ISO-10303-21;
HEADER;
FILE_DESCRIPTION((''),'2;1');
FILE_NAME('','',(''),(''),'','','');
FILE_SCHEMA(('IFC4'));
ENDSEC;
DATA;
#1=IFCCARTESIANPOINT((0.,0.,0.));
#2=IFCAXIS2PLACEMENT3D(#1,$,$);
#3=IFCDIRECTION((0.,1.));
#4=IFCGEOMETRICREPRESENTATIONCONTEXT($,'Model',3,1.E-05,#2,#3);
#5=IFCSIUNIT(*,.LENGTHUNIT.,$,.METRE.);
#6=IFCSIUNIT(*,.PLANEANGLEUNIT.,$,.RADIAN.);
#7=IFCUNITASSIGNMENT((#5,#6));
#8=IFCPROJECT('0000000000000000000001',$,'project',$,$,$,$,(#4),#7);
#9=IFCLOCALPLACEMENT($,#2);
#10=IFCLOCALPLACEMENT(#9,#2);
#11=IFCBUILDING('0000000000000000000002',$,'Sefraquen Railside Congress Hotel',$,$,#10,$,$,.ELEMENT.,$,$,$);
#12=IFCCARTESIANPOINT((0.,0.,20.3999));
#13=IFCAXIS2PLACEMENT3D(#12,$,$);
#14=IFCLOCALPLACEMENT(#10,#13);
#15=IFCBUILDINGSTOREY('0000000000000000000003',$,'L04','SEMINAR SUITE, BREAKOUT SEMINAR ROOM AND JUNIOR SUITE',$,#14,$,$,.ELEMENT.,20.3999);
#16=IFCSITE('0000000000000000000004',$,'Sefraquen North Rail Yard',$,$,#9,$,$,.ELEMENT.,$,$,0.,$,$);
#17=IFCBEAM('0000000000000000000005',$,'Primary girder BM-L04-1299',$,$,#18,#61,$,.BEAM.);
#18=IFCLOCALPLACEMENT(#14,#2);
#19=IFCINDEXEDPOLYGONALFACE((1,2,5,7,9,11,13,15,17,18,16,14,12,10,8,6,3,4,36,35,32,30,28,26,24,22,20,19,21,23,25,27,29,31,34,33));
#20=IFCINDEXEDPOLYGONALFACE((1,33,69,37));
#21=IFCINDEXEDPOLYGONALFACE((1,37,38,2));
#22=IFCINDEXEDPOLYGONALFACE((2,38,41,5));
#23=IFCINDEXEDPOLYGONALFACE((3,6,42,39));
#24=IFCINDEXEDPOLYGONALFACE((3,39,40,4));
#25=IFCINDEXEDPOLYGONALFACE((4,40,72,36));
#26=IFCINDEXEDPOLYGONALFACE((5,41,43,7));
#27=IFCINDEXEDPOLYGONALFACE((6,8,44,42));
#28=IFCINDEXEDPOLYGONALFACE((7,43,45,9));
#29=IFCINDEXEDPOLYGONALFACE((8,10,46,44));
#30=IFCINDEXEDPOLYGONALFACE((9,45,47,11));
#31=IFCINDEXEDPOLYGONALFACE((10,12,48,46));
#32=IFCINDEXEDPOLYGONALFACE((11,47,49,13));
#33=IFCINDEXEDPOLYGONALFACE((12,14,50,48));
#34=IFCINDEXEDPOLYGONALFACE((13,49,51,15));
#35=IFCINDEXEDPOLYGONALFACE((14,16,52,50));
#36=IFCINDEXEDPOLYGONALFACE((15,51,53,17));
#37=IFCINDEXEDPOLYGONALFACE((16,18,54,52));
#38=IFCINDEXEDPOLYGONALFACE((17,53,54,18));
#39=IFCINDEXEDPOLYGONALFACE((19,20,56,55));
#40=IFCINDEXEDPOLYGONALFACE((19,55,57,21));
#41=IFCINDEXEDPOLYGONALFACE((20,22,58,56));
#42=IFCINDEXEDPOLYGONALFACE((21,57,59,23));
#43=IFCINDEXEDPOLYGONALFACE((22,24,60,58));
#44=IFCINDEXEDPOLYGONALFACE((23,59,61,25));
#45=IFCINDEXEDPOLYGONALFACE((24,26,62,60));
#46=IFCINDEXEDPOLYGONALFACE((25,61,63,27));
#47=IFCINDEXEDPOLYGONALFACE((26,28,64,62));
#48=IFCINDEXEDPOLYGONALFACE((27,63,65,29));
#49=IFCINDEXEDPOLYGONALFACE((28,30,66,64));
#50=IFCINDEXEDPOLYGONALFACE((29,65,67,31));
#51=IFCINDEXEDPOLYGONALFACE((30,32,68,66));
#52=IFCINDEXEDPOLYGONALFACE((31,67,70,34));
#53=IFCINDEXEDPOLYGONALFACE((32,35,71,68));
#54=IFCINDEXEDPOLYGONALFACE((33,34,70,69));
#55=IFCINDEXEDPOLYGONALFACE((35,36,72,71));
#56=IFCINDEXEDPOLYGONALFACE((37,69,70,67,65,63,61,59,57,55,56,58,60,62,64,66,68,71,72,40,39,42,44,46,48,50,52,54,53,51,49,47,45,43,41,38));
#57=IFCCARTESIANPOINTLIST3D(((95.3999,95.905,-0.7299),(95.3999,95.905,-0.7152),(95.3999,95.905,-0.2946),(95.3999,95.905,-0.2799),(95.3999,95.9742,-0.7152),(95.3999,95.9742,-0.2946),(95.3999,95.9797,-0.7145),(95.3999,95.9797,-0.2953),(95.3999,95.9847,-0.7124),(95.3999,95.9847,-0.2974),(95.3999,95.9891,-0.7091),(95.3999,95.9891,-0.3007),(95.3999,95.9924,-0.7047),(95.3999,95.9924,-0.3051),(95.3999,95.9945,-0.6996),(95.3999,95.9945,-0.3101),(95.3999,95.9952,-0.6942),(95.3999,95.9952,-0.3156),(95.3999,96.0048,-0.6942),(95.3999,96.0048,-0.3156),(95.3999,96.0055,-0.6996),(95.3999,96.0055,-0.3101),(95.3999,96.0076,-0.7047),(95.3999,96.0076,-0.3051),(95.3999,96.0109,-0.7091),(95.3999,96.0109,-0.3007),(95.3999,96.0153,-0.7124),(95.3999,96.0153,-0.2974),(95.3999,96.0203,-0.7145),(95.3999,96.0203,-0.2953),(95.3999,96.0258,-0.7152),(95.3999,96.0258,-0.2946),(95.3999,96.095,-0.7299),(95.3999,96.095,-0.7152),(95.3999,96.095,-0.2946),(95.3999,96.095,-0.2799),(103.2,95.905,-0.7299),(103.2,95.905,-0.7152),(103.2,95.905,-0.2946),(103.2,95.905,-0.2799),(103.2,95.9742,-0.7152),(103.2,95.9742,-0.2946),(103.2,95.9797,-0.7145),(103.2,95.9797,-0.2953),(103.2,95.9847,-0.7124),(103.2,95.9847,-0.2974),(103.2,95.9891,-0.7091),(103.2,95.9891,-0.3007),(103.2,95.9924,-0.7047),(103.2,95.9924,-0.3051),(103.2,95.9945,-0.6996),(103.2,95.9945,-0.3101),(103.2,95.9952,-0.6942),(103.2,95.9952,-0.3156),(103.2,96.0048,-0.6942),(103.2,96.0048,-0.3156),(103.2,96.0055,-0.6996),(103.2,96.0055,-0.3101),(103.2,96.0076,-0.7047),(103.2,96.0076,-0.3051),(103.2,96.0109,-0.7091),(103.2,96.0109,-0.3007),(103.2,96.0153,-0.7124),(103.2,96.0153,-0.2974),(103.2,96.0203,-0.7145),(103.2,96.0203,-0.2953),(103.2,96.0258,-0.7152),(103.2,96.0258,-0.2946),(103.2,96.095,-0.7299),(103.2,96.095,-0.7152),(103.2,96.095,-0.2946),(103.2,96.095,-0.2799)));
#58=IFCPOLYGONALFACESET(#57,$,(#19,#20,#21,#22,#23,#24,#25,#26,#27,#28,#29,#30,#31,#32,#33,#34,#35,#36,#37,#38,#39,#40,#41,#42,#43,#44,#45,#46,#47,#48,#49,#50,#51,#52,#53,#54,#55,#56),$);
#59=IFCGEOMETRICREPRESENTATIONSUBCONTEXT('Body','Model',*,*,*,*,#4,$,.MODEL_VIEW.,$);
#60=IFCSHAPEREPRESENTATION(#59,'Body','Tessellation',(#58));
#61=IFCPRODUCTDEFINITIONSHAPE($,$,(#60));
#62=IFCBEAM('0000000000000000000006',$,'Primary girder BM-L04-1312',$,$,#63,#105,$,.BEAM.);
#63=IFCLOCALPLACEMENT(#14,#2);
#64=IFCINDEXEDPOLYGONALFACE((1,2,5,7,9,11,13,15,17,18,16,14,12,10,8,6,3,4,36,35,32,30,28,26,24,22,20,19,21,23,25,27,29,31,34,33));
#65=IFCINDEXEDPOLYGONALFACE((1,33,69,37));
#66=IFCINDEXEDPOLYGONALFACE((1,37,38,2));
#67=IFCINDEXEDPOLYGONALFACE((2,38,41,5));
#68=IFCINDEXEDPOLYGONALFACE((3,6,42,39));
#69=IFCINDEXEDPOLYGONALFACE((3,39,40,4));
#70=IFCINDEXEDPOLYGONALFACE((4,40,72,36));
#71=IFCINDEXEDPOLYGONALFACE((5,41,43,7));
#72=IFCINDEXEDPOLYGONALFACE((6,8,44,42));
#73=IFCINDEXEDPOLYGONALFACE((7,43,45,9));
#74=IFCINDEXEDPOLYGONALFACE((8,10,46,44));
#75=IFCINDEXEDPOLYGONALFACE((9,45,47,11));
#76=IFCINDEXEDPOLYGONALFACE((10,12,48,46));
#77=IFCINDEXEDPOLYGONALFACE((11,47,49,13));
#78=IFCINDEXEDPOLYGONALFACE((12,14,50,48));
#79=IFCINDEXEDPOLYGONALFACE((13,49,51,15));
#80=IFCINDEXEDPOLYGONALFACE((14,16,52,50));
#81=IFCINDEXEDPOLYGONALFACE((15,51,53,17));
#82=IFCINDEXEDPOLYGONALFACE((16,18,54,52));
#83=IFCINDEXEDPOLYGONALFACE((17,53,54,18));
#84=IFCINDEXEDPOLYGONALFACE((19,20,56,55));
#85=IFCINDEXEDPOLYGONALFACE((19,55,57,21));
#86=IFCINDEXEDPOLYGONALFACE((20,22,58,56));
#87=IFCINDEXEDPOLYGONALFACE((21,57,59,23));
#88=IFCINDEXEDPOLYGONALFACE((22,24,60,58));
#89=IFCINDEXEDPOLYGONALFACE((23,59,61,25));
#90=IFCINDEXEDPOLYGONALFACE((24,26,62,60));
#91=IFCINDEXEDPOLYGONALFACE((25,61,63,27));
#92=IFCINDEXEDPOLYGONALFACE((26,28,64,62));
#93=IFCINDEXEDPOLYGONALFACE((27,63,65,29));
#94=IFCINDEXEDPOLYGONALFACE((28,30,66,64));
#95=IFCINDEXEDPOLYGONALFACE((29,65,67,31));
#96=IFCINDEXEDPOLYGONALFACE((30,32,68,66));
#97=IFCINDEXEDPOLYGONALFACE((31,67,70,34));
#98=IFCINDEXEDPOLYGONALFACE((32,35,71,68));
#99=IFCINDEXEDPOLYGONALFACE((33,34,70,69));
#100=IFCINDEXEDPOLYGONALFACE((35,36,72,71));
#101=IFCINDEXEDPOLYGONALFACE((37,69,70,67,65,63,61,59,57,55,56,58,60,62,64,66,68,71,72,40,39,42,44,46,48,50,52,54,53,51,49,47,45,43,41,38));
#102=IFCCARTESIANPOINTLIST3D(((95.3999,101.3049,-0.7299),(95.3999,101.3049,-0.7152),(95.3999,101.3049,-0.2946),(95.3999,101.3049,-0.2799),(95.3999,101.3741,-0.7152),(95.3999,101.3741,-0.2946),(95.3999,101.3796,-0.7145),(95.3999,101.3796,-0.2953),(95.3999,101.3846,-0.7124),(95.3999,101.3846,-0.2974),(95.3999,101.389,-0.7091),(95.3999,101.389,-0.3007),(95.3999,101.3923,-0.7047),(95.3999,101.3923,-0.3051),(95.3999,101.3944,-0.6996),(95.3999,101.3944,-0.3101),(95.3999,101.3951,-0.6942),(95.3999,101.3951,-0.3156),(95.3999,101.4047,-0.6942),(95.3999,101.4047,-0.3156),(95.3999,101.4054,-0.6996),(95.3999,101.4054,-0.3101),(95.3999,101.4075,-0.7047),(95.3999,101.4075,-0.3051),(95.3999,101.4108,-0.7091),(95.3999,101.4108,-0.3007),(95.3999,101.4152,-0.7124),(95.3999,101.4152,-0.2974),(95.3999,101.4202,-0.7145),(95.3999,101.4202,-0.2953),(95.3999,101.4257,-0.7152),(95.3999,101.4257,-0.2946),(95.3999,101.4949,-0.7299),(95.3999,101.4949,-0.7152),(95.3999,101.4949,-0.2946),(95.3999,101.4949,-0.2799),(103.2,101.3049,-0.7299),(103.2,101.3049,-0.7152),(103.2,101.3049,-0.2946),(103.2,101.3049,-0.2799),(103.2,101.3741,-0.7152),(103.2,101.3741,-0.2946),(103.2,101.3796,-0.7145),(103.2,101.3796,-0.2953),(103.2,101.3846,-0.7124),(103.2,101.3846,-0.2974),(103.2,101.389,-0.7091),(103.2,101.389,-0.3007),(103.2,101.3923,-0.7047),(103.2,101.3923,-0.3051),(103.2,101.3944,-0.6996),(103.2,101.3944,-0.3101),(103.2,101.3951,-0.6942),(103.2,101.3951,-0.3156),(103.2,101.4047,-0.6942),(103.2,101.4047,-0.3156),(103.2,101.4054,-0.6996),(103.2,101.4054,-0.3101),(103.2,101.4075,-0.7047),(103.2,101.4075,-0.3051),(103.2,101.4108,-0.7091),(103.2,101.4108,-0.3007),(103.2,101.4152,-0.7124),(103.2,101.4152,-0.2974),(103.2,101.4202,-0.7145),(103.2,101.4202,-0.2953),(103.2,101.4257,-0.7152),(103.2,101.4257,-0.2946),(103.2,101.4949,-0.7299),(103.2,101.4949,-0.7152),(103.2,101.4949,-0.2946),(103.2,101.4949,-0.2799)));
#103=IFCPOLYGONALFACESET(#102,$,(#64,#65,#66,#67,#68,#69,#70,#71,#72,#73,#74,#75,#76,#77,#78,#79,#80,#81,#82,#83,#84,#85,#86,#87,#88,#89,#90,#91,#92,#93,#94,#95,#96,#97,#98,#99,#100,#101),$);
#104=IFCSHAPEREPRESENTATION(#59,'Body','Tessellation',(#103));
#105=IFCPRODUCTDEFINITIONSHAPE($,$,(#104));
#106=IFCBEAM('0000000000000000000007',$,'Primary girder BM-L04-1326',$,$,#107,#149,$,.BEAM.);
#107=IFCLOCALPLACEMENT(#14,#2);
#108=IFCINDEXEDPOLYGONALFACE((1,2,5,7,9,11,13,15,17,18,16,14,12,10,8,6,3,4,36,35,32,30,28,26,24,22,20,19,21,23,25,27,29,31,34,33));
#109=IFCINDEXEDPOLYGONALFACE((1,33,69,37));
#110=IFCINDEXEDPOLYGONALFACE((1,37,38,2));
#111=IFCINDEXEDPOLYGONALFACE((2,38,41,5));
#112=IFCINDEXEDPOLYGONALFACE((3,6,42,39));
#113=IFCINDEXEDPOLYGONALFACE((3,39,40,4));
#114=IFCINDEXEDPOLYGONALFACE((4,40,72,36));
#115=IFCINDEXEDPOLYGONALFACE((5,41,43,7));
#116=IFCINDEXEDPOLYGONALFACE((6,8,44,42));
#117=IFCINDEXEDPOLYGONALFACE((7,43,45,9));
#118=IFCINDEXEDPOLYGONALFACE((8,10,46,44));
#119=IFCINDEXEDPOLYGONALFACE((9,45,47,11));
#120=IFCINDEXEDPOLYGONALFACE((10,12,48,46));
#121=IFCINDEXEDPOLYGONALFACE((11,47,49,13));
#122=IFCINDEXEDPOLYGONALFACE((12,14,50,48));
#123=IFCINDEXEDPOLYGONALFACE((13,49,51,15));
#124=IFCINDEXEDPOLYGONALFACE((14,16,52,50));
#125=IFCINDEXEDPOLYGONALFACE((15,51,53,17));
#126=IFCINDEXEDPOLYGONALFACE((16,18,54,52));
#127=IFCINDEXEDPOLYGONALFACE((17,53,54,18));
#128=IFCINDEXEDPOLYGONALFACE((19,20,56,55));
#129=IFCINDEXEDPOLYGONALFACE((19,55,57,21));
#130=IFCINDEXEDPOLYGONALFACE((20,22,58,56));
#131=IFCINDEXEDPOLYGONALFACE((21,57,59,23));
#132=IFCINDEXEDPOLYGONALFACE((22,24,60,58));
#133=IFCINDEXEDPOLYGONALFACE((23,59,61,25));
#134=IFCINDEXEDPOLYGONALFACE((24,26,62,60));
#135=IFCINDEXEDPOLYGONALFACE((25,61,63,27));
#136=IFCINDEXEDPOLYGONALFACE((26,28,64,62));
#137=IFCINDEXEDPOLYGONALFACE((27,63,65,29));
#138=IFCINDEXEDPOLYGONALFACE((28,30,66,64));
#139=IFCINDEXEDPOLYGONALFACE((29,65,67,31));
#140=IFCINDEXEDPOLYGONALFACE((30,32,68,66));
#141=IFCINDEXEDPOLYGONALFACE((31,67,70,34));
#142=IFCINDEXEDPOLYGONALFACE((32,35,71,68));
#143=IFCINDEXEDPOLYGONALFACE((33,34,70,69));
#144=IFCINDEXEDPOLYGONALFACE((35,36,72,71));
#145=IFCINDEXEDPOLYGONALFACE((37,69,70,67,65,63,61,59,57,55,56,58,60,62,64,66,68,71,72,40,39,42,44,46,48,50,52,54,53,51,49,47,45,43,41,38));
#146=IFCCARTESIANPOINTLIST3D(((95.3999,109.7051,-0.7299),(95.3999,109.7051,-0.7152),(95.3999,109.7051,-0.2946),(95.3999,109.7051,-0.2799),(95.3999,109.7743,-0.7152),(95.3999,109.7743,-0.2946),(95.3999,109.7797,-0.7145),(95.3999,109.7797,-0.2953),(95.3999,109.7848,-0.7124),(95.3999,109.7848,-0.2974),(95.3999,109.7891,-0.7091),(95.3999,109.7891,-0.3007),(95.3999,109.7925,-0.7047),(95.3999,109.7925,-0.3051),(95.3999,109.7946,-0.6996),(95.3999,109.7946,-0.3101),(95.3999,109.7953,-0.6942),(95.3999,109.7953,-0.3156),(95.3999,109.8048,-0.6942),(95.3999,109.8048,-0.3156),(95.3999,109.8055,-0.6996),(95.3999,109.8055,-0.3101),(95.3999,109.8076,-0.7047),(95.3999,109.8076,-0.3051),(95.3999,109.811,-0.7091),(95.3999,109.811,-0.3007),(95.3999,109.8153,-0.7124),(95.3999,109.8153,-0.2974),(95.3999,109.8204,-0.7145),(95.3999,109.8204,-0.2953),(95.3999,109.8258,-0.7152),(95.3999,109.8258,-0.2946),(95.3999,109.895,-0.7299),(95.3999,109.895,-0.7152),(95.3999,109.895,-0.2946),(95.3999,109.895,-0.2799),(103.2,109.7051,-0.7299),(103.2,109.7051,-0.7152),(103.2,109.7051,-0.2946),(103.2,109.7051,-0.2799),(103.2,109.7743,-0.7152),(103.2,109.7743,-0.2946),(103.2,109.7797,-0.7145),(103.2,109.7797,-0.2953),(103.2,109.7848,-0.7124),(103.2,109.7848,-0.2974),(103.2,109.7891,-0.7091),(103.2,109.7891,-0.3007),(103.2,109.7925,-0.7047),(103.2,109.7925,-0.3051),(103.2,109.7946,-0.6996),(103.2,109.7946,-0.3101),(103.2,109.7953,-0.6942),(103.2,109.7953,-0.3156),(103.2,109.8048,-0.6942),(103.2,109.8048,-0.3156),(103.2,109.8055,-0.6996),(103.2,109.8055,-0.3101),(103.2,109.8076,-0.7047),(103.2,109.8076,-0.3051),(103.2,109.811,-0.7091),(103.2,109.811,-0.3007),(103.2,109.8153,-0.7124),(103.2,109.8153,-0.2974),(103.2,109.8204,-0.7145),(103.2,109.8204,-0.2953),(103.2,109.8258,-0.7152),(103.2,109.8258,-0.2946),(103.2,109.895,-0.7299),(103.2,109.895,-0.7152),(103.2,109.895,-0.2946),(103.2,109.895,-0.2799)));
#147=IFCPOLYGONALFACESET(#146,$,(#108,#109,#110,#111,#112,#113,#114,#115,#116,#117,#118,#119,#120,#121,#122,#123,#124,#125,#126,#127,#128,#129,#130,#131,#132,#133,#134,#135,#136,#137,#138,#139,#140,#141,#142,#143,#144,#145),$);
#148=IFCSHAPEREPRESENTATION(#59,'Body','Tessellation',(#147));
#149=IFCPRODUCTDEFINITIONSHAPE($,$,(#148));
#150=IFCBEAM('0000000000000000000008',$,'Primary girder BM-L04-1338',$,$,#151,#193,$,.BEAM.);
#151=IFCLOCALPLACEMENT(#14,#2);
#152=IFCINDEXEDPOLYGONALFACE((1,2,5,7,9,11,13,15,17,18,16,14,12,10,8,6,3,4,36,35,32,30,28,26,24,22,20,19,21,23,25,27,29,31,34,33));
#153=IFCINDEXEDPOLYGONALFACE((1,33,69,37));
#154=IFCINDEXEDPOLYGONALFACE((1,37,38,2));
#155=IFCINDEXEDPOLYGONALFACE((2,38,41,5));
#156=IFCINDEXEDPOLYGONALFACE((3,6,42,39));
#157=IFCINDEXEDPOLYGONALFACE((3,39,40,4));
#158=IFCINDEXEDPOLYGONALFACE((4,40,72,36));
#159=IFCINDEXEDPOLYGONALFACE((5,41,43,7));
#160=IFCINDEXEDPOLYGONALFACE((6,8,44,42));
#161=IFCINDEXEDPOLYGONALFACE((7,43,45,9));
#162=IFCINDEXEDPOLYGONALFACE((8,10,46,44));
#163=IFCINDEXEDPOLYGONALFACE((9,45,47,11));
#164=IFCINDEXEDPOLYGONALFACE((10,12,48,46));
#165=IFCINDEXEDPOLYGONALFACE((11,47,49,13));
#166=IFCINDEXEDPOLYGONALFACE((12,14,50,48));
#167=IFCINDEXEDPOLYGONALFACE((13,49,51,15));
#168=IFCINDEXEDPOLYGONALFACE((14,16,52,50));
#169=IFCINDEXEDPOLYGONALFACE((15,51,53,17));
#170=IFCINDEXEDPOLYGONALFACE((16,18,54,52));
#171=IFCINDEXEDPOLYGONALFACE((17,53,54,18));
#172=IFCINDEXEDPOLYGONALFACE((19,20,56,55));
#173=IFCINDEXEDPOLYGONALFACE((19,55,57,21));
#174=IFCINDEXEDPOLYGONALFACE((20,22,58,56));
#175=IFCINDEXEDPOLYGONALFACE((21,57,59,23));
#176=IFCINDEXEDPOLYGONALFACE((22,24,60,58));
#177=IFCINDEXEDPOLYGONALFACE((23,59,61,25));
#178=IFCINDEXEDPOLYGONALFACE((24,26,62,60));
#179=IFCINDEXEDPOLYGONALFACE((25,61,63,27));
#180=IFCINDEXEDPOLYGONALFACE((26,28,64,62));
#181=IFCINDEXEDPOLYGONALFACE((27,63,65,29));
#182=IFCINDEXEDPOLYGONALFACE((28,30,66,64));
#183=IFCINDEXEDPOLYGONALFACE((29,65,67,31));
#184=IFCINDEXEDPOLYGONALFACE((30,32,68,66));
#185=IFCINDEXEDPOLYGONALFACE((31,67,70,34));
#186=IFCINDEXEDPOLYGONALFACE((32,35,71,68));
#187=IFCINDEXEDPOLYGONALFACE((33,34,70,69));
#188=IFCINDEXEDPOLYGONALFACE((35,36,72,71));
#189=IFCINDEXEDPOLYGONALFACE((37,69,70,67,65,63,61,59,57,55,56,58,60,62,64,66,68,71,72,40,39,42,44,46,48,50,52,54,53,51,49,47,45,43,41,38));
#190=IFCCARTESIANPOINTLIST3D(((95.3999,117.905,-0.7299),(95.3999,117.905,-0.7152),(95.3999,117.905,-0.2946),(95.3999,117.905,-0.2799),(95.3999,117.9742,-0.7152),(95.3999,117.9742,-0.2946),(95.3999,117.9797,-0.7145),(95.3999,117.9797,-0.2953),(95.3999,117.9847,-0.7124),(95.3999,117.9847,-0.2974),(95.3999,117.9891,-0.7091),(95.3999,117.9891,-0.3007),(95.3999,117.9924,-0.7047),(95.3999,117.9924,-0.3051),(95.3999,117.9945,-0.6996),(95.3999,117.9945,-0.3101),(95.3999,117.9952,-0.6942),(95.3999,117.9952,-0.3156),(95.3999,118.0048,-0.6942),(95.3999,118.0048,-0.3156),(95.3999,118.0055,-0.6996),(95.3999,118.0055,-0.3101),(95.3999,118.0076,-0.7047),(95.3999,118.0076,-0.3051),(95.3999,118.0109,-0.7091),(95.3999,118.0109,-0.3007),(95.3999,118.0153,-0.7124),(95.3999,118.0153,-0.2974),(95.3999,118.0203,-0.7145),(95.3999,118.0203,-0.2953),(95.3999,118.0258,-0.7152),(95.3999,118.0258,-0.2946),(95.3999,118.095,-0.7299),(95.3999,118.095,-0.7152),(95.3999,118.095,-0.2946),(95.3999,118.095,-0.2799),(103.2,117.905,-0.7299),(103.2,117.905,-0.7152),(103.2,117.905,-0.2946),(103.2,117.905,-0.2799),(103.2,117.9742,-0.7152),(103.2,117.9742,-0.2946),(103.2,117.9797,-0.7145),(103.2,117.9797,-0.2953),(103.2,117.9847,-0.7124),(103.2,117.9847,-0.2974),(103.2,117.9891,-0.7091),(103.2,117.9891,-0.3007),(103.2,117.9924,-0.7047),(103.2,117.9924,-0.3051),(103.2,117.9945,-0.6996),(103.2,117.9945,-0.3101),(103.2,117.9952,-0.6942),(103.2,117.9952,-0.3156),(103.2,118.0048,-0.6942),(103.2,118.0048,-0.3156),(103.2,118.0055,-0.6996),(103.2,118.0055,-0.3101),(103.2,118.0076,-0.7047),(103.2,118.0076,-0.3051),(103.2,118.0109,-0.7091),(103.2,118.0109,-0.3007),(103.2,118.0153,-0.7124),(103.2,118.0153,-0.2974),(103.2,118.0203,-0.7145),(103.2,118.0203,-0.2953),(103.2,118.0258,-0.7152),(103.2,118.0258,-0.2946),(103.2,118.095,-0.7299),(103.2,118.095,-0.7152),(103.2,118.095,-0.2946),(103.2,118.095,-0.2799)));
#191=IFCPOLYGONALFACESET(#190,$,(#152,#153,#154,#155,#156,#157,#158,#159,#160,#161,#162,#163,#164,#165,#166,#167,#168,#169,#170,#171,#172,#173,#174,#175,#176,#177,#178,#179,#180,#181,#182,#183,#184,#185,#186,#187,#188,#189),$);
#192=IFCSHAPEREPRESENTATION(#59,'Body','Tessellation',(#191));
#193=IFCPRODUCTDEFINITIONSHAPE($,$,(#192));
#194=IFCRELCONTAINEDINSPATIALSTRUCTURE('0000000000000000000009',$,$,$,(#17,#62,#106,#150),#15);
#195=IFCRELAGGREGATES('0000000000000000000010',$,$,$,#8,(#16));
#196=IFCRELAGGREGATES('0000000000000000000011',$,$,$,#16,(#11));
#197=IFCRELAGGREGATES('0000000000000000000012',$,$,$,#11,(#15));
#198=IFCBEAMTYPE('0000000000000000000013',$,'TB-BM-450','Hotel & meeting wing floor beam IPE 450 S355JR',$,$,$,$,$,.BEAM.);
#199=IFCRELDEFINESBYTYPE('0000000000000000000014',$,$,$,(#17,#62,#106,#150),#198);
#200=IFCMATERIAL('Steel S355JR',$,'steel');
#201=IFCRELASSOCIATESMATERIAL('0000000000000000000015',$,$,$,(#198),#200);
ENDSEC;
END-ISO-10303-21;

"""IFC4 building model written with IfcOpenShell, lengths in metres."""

from ifc_helpers import new_model, si_unit, direction, frame, origin, origin_2d, place, context, subcontext, project, spatial, i_section, extrude, material, material_profile, profile_set, type_object, element, save


model = new_model("IFC4")

# Units and contexts
model_context = context("Model", 3, precision=1e-05, world=origin(), true_north=direction((0.0, 1.0)))
body_context = subcontext(model_context, "Body", "Model", "MODEL_VIEW")
ifc_project = project(units=[si_unit("LENGTHUNIT", "METRE"), si_unit("PLANEANGLEUNIT", "RADIAN")], contexts=[model_context])

# Site, building, storey
site_placement = place(None, origin())
site = spatial("IfcSite", under=ifc_project, at=site_placement, Name="Sefraquen North Rail Yard", CompositionType="ELEMENT", RefElevation=0.0)
building_placement = place(site_placement, origin())
building = spatial("IfcBuilding", under=site, at=building_placement, Name="Sefraquen Railside Congress Hotel", CompositionType="ELEMENT")
storey_placement = place(building_placement, frame((0.0, 0.0, 20.3999)))
storey = spatial("IfcBuildingStorey", under=building, at=storey_placement, Name="L04", Description="SEMINAR SUITE, BREAKOUT SEMINAR ROOM AND JUNIOR SUITE", CompositionType="ELEMENT", Elevation=20.3999)

# Shared definitions
ifc_material_1 = material(Name="Steel S355JR", Category="steel")

# Beams
ifc_material_profile_1 = material_profile(ifc_material_1, i_section(OverallWidth=0.1899, OverallDepth=0.45, WebThickness=0.0095, FlangeThickness=0.0146, FilletRadius=0.021, at=origin_2d()), Name="IPE 450")
ifc_profile_set_1 = profile_set([ifc_material_profile_1], Name="Steel S355JR")
beam_type_1 = type_object("IfcBeamType", Name="TB-BM-450", Description="Hotel & meeting wing floor beam IPE 450 S355JR", PredefinedType="BEAM", material=ifc_profile_set_1)
for number, where, z_axis, x_axis, name in (
    (1, (95.3999, 96.0, -0.5049), (1.0, 0.0, 0.0), (0.0, 1.0, 0.0), "Primary girder BM-L04-1299"),
    (2, (95.3999, 101.3999, -0.5049), (1.0, 0.0, 0.0), (0.0, 1.0, 0.0), "Primary girder BM-L04-1312"),
    (3, (95.3999, 109.8, -0.5049), (1.0, 0.0, 0.0), (0.0, 1.0, 0.0), "Primary girder BM-L04-1326"),
    (4, (95.3999, 118.0, -0.5049), (1.0, 0.0, 0.0), (0.0, 1.0, 0.0), "Primary girder BM-L04-1338"),
):
    element("IfcBeam", number, at=place(storey_placement, frame(where, z_axis=z_axis, x_axis=x_axis)), inside=storey, type_object=beam_type_1, Name=name, PredefinedType="BEAM", context=body_context, shape_type="SweptSolid", body=[
        extrude(i_section(OverallWidth=0.1899, OverallDepth=0.45, WebThickness=0.0095, FlangeThickness=0.0146, FilletRadius=0.021, at=origin_2d()), origin(), (0.0, 0.0, 1.0), 7.8),
    ])

save(model, "model.ifc")
